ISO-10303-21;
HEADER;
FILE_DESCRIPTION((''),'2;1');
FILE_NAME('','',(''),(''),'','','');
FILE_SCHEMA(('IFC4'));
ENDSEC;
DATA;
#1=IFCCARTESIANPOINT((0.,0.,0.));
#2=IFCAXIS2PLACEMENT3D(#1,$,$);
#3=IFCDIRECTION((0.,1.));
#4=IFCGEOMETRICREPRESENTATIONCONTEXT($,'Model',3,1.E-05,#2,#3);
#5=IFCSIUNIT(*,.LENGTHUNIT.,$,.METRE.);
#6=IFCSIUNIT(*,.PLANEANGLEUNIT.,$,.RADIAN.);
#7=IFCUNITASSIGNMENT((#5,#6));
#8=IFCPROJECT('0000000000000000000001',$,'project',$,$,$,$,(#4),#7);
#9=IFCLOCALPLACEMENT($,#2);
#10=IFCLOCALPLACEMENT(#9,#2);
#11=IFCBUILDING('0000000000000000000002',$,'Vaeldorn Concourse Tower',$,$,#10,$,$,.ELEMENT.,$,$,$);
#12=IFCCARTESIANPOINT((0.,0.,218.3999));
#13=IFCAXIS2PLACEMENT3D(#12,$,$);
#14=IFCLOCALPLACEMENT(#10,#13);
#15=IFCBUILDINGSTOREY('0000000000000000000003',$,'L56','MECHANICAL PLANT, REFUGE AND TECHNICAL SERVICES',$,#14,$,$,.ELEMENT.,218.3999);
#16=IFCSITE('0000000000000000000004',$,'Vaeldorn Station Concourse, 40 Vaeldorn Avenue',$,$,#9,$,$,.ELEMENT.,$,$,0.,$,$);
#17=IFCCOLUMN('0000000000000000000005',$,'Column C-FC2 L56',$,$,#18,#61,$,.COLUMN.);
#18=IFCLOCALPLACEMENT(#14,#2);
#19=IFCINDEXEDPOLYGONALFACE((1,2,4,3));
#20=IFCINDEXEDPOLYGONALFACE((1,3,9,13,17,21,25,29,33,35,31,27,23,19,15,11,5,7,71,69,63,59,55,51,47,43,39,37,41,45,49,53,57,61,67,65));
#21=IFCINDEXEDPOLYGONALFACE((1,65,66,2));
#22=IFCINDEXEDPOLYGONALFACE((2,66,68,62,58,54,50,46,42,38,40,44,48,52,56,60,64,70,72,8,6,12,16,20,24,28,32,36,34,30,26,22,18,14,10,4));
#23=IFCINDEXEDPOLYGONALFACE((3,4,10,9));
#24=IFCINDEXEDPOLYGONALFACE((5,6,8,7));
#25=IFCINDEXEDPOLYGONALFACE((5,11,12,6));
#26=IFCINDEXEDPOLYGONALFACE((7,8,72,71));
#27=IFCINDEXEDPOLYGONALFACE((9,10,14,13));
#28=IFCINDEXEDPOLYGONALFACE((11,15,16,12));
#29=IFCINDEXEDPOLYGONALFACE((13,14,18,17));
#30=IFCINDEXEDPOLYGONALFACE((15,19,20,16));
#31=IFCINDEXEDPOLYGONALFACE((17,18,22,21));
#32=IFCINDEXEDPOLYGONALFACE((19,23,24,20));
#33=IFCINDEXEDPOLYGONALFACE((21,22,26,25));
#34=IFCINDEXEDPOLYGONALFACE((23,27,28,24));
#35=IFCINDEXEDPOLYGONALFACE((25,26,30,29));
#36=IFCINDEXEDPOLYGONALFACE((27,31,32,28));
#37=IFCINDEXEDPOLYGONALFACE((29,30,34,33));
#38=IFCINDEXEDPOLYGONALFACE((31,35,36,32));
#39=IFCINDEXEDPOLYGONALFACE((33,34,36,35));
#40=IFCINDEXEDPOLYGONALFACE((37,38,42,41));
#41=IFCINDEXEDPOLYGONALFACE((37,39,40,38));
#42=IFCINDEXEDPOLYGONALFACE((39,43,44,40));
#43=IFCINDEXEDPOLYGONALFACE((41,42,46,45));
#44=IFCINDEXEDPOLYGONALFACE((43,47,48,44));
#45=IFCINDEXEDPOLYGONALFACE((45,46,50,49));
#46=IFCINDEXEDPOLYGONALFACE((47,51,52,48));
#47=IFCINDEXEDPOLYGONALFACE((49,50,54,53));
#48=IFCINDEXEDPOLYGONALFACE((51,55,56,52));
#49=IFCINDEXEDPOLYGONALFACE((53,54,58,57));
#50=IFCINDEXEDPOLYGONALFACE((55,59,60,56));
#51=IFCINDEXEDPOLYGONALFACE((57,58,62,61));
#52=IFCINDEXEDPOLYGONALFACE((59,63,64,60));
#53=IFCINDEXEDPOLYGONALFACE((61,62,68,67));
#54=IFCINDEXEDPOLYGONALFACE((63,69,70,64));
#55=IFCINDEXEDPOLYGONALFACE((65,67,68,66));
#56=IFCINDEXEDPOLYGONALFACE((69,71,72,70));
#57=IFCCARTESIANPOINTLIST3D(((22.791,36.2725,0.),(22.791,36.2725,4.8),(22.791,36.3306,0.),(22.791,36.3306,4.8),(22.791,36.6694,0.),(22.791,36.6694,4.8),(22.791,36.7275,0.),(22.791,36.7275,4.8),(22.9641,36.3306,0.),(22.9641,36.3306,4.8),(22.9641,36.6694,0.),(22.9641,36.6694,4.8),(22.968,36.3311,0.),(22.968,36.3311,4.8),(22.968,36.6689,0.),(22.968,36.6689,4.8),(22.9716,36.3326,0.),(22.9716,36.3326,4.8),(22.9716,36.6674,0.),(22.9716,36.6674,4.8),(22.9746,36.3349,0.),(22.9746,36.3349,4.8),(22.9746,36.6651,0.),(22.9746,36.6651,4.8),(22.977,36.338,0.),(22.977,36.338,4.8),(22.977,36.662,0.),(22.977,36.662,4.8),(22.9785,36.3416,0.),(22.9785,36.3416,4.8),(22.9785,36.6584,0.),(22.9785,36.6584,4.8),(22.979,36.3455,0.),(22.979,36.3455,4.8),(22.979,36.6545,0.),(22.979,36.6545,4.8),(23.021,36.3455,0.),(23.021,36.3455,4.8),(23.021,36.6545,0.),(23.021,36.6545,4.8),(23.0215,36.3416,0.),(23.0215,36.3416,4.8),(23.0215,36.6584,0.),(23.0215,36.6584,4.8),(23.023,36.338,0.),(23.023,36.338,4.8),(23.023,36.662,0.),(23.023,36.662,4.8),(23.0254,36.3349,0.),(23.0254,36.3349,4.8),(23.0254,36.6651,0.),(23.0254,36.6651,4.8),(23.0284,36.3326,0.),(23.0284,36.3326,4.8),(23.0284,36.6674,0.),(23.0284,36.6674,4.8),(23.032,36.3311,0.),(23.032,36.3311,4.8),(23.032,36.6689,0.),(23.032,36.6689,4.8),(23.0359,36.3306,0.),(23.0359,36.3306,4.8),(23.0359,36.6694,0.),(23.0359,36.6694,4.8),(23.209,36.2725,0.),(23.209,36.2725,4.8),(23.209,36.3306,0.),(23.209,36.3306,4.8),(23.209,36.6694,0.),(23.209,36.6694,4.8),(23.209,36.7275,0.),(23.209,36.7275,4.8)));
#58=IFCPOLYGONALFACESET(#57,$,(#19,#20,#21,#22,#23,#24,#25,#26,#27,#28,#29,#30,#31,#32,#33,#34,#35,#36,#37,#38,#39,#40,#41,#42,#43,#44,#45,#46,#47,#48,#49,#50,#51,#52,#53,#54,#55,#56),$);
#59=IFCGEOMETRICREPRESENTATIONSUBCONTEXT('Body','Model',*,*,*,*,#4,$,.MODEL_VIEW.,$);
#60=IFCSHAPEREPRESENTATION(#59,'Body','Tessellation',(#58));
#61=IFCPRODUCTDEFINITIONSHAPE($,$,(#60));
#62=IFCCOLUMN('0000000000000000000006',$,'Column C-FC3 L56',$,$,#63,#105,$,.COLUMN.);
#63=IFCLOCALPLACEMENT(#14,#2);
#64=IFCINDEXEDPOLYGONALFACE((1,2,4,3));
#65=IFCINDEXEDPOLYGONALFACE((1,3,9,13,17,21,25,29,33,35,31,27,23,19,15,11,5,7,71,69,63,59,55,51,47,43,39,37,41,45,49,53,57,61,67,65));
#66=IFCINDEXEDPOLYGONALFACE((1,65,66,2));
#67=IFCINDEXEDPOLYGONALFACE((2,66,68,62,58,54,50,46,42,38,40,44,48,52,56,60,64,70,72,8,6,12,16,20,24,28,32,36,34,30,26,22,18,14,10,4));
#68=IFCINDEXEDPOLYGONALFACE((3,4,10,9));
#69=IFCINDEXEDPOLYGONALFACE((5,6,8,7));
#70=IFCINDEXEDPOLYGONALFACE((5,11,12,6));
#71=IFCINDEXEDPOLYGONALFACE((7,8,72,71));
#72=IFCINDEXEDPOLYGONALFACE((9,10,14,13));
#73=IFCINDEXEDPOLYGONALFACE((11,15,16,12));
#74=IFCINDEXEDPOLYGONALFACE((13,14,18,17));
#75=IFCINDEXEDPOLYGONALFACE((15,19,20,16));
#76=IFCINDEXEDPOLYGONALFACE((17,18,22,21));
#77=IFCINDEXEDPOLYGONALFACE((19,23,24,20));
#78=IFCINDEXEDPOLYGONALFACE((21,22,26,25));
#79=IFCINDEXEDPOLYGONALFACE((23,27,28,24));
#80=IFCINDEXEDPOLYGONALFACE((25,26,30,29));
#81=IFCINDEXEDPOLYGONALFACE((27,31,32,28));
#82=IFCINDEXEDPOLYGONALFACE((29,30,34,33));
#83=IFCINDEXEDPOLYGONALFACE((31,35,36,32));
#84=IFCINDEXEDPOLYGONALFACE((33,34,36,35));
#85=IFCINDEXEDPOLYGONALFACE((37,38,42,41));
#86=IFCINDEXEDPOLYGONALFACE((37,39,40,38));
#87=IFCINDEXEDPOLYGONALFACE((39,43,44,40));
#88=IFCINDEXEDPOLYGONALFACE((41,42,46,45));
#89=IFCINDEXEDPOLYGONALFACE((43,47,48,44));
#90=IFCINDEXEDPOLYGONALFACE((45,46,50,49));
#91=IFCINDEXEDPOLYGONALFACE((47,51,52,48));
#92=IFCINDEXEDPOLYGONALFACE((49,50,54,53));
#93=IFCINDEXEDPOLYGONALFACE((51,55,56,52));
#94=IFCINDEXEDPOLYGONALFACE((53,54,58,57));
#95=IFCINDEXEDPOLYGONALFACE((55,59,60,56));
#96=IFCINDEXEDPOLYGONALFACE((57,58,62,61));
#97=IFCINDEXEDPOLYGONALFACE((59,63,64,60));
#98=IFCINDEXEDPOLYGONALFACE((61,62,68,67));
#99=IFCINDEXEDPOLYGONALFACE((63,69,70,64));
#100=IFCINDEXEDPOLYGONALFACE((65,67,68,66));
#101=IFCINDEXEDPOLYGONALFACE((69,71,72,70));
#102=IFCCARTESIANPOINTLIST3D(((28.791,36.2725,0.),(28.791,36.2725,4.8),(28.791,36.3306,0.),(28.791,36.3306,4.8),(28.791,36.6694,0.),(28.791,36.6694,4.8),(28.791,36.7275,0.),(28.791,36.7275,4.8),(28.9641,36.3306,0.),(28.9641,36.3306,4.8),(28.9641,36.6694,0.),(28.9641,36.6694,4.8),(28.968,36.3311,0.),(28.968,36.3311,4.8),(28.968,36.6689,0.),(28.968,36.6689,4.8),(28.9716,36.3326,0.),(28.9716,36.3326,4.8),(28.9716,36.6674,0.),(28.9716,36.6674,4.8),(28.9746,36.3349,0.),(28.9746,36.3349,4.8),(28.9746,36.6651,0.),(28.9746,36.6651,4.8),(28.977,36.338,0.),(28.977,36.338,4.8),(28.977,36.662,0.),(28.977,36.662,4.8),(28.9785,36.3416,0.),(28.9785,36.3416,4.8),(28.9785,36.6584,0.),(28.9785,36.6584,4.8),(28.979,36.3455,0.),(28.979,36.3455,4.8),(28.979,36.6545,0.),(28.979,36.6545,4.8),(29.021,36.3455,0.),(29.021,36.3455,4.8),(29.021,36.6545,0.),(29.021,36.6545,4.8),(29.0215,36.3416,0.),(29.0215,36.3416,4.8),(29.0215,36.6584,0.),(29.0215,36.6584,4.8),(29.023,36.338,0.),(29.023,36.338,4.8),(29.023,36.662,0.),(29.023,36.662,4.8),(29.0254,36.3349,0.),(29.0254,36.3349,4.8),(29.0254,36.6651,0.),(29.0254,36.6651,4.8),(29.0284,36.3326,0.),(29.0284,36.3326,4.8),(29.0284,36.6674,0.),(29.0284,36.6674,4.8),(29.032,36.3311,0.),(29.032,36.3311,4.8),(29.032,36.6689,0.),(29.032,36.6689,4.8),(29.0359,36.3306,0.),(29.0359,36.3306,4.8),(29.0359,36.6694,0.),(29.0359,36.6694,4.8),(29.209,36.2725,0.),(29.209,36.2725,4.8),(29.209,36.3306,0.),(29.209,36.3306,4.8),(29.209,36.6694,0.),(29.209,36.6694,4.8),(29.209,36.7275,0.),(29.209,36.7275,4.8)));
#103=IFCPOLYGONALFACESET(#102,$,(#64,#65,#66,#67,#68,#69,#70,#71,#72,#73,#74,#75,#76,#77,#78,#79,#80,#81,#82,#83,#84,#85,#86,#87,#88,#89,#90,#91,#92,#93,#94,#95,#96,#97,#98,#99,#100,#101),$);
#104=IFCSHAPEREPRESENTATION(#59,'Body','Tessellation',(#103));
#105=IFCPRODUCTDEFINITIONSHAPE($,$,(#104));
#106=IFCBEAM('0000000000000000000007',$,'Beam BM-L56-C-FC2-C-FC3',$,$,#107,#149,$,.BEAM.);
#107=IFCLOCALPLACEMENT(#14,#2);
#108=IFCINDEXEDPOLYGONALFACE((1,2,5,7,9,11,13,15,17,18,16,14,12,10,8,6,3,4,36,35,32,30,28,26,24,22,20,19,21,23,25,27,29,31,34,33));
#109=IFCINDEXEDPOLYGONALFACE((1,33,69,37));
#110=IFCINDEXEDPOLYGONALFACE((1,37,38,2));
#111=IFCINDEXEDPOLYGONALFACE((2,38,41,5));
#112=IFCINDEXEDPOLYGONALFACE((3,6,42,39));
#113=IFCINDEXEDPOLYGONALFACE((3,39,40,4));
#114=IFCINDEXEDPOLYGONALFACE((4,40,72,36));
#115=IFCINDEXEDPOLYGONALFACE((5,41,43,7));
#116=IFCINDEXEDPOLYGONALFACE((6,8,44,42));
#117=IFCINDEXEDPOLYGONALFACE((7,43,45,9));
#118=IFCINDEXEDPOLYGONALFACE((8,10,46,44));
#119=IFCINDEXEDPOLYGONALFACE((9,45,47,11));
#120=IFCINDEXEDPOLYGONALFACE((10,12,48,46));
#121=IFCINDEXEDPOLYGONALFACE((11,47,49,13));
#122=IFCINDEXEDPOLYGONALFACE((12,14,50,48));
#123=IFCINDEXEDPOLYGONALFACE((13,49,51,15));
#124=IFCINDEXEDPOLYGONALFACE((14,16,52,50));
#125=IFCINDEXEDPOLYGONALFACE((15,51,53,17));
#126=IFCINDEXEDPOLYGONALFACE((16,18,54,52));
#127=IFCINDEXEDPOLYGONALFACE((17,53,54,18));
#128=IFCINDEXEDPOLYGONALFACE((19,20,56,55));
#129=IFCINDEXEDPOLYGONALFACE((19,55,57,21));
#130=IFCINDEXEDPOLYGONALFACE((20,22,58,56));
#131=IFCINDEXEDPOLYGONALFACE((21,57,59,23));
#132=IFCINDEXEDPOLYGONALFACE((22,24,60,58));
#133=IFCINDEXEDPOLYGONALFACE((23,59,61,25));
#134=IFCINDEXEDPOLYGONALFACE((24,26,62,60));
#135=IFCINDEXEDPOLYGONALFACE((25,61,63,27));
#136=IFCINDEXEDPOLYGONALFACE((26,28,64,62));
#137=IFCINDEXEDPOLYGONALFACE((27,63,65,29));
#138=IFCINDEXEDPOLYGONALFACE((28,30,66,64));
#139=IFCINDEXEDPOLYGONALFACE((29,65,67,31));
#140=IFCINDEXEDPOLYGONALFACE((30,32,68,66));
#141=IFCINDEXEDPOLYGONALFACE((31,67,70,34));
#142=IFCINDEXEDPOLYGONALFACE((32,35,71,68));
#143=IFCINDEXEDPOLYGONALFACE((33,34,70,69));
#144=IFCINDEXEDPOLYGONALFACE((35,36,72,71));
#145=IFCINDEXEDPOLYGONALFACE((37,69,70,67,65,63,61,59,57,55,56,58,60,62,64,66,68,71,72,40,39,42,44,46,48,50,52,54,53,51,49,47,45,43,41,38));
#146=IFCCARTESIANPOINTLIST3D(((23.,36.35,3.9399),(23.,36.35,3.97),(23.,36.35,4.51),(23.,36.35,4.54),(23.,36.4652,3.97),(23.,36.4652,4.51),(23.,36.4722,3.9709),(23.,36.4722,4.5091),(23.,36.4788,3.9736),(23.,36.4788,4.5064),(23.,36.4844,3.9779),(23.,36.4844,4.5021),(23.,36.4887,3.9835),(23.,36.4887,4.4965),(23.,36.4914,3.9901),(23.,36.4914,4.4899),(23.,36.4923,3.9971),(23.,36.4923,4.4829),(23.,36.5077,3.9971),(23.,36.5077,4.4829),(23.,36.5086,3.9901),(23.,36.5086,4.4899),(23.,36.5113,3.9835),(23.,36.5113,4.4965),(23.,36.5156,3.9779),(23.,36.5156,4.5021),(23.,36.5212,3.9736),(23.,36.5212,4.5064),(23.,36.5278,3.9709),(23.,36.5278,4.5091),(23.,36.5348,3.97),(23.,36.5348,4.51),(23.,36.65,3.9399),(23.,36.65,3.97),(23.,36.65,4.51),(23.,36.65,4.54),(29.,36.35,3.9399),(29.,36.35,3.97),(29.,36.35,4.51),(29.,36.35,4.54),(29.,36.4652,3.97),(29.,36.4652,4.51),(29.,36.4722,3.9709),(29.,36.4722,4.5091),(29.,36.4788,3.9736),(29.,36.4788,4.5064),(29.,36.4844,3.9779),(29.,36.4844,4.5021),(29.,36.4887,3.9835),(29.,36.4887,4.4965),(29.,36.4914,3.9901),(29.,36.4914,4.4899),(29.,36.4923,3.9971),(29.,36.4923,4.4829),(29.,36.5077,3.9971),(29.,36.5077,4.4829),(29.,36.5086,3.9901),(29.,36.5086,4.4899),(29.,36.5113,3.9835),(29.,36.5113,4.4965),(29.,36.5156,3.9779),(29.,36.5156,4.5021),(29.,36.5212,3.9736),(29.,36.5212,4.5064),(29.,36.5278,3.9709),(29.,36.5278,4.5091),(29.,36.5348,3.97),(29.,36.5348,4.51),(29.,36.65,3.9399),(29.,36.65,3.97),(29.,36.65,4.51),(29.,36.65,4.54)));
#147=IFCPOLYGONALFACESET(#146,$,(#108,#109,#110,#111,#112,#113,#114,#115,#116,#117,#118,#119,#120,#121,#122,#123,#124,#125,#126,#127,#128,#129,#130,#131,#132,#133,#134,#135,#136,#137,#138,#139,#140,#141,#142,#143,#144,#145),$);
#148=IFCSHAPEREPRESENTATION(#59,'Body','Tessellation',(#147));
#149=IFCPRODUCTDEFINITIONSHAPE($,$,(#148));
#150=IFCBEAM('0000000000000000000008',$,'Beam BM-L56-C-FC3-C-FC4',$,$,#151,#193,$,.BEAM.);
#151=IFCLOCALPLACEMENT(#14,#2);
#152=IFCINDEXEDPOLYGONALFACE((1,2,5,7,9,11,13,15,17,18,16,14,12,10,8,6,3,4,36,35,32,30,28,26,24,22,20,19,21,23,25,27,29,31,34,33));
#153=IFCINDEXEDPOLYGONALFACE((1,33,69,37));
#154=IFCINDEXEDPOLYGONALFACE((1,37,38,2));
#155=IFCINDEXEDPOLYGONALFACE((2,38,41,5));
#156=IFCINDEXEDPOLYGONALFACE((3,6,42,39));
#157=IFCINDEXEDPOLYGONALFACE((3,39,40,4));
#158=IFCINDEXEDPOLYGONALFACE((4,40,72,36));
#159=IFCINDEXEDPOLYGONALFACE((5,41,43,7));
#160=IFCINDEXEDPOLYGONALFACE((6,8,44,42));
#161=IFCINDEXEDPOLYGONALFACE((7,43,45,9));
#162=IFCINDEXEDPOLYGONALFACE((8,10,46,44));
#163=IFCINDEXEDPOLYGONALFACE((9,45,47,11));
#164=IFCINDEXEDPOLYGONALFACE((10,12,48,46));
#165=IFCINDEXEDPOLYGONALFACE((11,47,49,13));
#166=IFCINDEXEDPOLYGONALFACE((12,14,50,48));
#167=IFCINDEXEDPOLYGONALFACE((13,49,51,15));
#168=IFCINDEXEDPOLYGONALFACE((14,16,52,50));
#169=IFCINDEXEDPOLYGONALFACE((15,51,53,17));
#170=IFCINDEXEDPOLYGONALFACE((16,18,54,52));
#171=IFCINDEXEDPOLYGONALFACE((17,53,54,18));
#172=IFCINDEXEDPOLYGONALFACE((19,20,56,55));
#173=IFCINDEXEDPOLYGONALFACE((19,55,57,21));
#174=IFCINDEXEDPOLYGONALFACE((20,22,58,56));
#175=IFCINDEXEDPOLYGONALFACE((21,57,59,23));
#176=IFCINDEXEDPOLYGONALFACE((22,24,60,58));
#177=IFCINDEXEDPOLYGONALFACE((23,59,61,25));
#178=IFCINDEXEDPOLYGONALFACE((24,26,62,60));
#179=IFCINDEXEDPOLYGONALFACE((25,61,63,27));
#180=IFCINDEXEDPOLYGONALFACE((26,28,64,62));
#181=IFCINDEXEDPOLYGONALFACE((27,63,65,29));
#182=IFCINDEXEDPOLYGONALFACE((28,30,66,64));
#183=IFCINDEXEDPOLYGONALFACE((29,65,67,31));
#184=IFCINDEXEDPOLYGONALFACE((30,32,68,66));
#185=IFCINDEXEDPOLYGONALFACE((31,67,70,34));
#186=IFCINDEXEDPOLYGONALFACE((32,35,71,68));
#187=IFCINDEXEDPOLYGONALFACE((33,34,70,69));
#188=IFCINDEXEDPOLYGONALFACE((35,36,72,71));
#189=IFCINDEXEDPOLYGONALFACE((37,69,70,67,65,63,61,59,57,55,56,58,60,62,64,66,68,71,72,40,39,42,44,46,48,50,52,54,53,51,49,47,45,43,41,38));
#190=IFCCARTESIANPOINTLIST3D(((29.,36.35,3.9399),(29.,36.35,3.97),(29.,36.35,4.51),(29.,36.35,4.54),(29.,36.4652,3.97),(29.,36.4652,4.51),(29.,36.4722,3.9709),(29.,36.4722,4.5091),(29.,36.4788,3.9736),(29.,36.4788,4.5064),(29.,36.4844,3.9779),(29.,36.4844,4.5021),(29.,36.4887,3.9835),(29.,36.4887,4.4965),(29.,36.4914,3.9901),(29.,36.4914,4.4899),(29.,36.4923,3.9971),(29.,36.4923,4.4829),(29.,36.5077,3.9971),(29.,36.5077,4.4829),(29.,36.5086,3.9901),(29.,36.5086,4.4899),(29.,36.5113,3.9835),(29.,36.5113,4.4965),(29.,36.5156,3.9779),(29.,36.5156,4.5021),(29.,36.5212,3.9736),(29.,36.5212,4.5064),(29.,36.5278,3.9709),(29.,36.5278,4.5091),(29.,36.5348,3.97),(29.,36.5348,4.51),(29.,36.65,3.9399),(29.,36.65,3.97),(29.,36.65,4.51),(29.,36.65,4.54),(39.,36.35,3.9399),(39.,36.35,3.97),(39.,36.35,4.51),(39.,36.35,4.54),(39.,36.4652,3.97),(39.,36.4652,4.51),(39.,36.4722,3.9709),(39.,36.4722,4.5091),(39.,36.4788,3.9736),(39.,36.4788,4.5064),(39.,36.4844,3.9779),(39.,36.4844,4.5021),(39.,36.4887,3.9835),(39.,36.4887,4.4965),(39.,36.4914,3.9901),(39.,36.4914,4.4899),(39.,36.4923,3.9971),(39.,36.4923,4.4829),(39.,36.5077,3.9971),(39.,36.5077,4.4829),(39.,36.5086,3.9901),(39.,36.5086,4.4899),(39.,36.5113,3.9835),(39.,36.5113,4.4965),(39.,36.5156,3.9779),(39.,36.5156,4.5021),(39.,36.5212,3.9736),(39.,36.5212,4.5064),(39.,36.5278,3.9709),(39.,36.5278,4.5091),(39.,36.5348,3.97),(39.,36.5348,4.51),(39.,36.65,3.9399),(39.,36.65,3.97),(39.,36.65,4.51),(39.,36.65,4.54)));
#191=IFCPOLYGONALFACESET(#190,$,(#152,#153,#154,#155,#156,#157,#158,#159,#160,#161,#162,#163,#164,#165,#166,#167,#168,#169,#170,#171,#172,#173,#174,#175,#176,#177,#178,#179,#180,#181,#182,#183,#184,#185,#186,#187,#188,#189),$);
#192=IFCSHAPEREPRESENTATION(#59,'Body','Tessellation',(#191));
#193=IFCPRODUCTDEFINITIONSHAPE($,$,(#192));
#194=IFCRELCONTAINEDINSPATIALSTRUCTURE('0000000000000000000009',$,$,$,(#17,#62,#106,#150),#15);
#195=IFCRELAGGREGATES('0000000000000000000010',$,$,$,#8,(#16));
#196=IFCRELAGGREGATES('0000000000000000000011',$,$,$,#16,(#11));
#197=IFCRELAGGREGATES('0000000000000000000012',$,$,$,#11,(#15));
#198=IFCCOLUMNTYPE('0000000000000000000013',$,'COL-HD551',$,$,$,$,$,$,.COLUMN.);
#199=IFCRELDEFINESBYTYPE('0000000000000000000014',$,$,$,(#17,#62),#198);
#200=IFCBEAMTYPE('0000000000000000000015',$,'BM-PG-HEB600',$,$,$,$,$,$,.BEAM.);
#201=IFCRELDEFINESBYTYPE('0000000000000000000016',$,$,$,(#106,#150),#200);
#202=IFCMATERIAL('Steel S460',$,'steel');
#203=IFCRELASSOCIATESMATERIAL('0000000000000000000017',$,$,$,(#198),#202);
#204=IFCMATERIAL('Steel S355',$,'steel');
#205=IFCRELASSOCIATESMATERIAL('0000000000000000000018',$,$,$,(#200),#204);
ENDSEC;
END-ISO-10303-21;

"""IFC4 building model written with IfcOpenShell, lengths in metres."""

from ifc_helpers import new_model, si_unit, direction, frame, origin, origin_2d, place, context, subcontext, project, spatial, i_section, extrude, source, transform, mapped, material, material_profile, profile_set, type_object, element, save


model = new_model("IFC4")

# Units and contexts
model_context = context("Model", 3, precision=1e-05, world=origin(), true_north=direction((0.0, 1.0)))
body_context = subcontext(model_context, "Body", "Model", "MODEL_VIEW")
ifc_project = project(units=[si_unit("LENGTHUNIT", "METRE"), si_unit("PLANEANGLEUNIT", "RADIAN")], contexts=[model_context])

# Site, building, storey
site_placement = place(None, origin())
site = spatial("IfcSite", under=ifc_project, at=site_placement, Name="Vaeldorn Station Concourse, 40 Vaeldorn Avenue", CompositionType="ELEMENT", RefElevation=0.0)
building_placement = place(site_placement, origin())
building = spatial("IfcBuilding", under=site, at=building_placement, Name="Vaeldorn Concourse Tower", CompositionType="ELEMENT")
storey_placement = place(building_placement, frame((0.0, 0.0, 218.3999)))
storey = spatial("IfcBuildingStorey", under=building, at=storey_placement, Name="L56", Description="MECHANICAL PLANT, REFUGE AND TECHNICAL SERVICES", CompositionType="ELEMENT", Elevation=218.3999)

# Columns
ifc_material_1 = material(Name="Steel S460", Category="steel")
ifc_material_profile_1 = material_profile(ifc_material_1, i_section(OverallWidth=0.418, OverallDepth=0.4551, WebThickness=0.042, FlangeThickness=0.0581, FilletRadius=0.0149, at=origin_2d()), Name="HD 400x551")
ifc_profile_set_1 = profile_set([ifc_material_profile_1], Name="Steel S460")
column_type = type_object("IfcColumnType", Name="COL-HD551", PredefinedType="COLUMN", material=ifc_profile_set_1)
shared_shape_1 = source(origin(), body_context, "Body", "SweptSolid", [
    extrude(i_section(OverallWidth=0.418, OverallDepth=0.4551, WebThickness=0.042, FlangeThickness=0.0581, FilletRadius=0.0149, at=origin_2d()), origin(), (0.0, 0.0, 1.0), 4.8),
])
for number, where, z_axis, x_axis, name in (
    (1, (23.0, 36.5, 0.0), (0.0, 0.0, 1.0), (1.0, 0.0, 0.0), "Column C-FC2 L56"),
    (2, (29.0, 36.5, 0.0), (0.0, 0.0, 1.0), (1.0, 0.0, 0.0), "Column C-FC3 L56"),
):
    element("IfcColumn", number, at=place(storey_placement, frame(where, z_axis=z_axis, x_axis=x_axis)), inside=storey, type_object=column_type, Name=name, PredefinedType="COLUMN", context=body_context, shape_type="MappedRepresentation", body=[
        mapped(shared_shape_1, transform((0.0, 0.0, 0.0), scale=1.0)),
    ])

# Beams
ifc_material_2 = material(Name="Steel S355", Category="steel")
ifc_material_profile_2 = material_profile(ifc_material_2, i_section(OverallWidth=0.3, OverallDepth=0.6001, WebThickness=0.0154, FlangeThickness=0.03, FilletRadius=0.0271, at=origin_2d()), Name="HEB 600")
ifc_profile_set_2 = profile_set([ifc_material_profile_2], Name="Steel S355")
beam_type_1 = type_object("IfcBeamType", Name="BM-PG-HEB600", PredefinedType="BEAM", material=ifc_profile_set_2)
shared_shape_2 = source(origin(), body_context, "Body", "SweptSolid", [
    extrude(i_section(OverallWidth=0.3, OverallDepth=0.6001, WebThickness=0.0154, FlangeThickness=0.03, FilletRadius=0.0271, at=origin_2d()), origin(), (0.0, 0.0, 1.0), 6.0),
])
beam_1_placement = place(storey_placement, frame((23.0, 36.5, 4.24), z_axis=(1.0, 0.0, 0.0), x_axis=(0.0, 1.0, 0.0)))
element("IfcBeam", 3, at=beam_1_placement, inside=storey, type_object=beam_type_1, Name="Beam BM-L56-C-FC2-C-FC3", PredefinedType="BEAM", context=body_context, shape_type="MappedRepresentation", body=[
    mapped(shared_shape_2, transform((0.0, 0.0, 0.0), scale=1.0)),
])
shared_shape_3 = source(origin(), body_context, "Body", "SweptSolid", [
    extrude(i_section(OverallWidth=0.3, OverallDepth=0.6001, WebThickness=0.0154, FlangeThickness=0.03, FilletRadius=0.0271, at=origin_2d()), origin(), (0.0, 0.0, 1.0), 10.0),
])
beam_2_placement = place(storey_placement, frame((29.0, 36.5, 4.24), z_axis=(1.0, 0.0, 0.0), x_axis=(0.0, 1.0, 0.0)))
element("IfcBeam", 4, at=beam_2_placement, inside=storey, type_object=beam_type_1, Name="Beam BM-L56-C-FC3-C-FC4", PredefinedType="BEAM", context=body_context, shape_type="MappedRepresentation", body=[
    mapped(shared_shape_3, transform((0.0, 0.0, 0.0), scale=1.0)),
])

save(model, "model.ifc")
